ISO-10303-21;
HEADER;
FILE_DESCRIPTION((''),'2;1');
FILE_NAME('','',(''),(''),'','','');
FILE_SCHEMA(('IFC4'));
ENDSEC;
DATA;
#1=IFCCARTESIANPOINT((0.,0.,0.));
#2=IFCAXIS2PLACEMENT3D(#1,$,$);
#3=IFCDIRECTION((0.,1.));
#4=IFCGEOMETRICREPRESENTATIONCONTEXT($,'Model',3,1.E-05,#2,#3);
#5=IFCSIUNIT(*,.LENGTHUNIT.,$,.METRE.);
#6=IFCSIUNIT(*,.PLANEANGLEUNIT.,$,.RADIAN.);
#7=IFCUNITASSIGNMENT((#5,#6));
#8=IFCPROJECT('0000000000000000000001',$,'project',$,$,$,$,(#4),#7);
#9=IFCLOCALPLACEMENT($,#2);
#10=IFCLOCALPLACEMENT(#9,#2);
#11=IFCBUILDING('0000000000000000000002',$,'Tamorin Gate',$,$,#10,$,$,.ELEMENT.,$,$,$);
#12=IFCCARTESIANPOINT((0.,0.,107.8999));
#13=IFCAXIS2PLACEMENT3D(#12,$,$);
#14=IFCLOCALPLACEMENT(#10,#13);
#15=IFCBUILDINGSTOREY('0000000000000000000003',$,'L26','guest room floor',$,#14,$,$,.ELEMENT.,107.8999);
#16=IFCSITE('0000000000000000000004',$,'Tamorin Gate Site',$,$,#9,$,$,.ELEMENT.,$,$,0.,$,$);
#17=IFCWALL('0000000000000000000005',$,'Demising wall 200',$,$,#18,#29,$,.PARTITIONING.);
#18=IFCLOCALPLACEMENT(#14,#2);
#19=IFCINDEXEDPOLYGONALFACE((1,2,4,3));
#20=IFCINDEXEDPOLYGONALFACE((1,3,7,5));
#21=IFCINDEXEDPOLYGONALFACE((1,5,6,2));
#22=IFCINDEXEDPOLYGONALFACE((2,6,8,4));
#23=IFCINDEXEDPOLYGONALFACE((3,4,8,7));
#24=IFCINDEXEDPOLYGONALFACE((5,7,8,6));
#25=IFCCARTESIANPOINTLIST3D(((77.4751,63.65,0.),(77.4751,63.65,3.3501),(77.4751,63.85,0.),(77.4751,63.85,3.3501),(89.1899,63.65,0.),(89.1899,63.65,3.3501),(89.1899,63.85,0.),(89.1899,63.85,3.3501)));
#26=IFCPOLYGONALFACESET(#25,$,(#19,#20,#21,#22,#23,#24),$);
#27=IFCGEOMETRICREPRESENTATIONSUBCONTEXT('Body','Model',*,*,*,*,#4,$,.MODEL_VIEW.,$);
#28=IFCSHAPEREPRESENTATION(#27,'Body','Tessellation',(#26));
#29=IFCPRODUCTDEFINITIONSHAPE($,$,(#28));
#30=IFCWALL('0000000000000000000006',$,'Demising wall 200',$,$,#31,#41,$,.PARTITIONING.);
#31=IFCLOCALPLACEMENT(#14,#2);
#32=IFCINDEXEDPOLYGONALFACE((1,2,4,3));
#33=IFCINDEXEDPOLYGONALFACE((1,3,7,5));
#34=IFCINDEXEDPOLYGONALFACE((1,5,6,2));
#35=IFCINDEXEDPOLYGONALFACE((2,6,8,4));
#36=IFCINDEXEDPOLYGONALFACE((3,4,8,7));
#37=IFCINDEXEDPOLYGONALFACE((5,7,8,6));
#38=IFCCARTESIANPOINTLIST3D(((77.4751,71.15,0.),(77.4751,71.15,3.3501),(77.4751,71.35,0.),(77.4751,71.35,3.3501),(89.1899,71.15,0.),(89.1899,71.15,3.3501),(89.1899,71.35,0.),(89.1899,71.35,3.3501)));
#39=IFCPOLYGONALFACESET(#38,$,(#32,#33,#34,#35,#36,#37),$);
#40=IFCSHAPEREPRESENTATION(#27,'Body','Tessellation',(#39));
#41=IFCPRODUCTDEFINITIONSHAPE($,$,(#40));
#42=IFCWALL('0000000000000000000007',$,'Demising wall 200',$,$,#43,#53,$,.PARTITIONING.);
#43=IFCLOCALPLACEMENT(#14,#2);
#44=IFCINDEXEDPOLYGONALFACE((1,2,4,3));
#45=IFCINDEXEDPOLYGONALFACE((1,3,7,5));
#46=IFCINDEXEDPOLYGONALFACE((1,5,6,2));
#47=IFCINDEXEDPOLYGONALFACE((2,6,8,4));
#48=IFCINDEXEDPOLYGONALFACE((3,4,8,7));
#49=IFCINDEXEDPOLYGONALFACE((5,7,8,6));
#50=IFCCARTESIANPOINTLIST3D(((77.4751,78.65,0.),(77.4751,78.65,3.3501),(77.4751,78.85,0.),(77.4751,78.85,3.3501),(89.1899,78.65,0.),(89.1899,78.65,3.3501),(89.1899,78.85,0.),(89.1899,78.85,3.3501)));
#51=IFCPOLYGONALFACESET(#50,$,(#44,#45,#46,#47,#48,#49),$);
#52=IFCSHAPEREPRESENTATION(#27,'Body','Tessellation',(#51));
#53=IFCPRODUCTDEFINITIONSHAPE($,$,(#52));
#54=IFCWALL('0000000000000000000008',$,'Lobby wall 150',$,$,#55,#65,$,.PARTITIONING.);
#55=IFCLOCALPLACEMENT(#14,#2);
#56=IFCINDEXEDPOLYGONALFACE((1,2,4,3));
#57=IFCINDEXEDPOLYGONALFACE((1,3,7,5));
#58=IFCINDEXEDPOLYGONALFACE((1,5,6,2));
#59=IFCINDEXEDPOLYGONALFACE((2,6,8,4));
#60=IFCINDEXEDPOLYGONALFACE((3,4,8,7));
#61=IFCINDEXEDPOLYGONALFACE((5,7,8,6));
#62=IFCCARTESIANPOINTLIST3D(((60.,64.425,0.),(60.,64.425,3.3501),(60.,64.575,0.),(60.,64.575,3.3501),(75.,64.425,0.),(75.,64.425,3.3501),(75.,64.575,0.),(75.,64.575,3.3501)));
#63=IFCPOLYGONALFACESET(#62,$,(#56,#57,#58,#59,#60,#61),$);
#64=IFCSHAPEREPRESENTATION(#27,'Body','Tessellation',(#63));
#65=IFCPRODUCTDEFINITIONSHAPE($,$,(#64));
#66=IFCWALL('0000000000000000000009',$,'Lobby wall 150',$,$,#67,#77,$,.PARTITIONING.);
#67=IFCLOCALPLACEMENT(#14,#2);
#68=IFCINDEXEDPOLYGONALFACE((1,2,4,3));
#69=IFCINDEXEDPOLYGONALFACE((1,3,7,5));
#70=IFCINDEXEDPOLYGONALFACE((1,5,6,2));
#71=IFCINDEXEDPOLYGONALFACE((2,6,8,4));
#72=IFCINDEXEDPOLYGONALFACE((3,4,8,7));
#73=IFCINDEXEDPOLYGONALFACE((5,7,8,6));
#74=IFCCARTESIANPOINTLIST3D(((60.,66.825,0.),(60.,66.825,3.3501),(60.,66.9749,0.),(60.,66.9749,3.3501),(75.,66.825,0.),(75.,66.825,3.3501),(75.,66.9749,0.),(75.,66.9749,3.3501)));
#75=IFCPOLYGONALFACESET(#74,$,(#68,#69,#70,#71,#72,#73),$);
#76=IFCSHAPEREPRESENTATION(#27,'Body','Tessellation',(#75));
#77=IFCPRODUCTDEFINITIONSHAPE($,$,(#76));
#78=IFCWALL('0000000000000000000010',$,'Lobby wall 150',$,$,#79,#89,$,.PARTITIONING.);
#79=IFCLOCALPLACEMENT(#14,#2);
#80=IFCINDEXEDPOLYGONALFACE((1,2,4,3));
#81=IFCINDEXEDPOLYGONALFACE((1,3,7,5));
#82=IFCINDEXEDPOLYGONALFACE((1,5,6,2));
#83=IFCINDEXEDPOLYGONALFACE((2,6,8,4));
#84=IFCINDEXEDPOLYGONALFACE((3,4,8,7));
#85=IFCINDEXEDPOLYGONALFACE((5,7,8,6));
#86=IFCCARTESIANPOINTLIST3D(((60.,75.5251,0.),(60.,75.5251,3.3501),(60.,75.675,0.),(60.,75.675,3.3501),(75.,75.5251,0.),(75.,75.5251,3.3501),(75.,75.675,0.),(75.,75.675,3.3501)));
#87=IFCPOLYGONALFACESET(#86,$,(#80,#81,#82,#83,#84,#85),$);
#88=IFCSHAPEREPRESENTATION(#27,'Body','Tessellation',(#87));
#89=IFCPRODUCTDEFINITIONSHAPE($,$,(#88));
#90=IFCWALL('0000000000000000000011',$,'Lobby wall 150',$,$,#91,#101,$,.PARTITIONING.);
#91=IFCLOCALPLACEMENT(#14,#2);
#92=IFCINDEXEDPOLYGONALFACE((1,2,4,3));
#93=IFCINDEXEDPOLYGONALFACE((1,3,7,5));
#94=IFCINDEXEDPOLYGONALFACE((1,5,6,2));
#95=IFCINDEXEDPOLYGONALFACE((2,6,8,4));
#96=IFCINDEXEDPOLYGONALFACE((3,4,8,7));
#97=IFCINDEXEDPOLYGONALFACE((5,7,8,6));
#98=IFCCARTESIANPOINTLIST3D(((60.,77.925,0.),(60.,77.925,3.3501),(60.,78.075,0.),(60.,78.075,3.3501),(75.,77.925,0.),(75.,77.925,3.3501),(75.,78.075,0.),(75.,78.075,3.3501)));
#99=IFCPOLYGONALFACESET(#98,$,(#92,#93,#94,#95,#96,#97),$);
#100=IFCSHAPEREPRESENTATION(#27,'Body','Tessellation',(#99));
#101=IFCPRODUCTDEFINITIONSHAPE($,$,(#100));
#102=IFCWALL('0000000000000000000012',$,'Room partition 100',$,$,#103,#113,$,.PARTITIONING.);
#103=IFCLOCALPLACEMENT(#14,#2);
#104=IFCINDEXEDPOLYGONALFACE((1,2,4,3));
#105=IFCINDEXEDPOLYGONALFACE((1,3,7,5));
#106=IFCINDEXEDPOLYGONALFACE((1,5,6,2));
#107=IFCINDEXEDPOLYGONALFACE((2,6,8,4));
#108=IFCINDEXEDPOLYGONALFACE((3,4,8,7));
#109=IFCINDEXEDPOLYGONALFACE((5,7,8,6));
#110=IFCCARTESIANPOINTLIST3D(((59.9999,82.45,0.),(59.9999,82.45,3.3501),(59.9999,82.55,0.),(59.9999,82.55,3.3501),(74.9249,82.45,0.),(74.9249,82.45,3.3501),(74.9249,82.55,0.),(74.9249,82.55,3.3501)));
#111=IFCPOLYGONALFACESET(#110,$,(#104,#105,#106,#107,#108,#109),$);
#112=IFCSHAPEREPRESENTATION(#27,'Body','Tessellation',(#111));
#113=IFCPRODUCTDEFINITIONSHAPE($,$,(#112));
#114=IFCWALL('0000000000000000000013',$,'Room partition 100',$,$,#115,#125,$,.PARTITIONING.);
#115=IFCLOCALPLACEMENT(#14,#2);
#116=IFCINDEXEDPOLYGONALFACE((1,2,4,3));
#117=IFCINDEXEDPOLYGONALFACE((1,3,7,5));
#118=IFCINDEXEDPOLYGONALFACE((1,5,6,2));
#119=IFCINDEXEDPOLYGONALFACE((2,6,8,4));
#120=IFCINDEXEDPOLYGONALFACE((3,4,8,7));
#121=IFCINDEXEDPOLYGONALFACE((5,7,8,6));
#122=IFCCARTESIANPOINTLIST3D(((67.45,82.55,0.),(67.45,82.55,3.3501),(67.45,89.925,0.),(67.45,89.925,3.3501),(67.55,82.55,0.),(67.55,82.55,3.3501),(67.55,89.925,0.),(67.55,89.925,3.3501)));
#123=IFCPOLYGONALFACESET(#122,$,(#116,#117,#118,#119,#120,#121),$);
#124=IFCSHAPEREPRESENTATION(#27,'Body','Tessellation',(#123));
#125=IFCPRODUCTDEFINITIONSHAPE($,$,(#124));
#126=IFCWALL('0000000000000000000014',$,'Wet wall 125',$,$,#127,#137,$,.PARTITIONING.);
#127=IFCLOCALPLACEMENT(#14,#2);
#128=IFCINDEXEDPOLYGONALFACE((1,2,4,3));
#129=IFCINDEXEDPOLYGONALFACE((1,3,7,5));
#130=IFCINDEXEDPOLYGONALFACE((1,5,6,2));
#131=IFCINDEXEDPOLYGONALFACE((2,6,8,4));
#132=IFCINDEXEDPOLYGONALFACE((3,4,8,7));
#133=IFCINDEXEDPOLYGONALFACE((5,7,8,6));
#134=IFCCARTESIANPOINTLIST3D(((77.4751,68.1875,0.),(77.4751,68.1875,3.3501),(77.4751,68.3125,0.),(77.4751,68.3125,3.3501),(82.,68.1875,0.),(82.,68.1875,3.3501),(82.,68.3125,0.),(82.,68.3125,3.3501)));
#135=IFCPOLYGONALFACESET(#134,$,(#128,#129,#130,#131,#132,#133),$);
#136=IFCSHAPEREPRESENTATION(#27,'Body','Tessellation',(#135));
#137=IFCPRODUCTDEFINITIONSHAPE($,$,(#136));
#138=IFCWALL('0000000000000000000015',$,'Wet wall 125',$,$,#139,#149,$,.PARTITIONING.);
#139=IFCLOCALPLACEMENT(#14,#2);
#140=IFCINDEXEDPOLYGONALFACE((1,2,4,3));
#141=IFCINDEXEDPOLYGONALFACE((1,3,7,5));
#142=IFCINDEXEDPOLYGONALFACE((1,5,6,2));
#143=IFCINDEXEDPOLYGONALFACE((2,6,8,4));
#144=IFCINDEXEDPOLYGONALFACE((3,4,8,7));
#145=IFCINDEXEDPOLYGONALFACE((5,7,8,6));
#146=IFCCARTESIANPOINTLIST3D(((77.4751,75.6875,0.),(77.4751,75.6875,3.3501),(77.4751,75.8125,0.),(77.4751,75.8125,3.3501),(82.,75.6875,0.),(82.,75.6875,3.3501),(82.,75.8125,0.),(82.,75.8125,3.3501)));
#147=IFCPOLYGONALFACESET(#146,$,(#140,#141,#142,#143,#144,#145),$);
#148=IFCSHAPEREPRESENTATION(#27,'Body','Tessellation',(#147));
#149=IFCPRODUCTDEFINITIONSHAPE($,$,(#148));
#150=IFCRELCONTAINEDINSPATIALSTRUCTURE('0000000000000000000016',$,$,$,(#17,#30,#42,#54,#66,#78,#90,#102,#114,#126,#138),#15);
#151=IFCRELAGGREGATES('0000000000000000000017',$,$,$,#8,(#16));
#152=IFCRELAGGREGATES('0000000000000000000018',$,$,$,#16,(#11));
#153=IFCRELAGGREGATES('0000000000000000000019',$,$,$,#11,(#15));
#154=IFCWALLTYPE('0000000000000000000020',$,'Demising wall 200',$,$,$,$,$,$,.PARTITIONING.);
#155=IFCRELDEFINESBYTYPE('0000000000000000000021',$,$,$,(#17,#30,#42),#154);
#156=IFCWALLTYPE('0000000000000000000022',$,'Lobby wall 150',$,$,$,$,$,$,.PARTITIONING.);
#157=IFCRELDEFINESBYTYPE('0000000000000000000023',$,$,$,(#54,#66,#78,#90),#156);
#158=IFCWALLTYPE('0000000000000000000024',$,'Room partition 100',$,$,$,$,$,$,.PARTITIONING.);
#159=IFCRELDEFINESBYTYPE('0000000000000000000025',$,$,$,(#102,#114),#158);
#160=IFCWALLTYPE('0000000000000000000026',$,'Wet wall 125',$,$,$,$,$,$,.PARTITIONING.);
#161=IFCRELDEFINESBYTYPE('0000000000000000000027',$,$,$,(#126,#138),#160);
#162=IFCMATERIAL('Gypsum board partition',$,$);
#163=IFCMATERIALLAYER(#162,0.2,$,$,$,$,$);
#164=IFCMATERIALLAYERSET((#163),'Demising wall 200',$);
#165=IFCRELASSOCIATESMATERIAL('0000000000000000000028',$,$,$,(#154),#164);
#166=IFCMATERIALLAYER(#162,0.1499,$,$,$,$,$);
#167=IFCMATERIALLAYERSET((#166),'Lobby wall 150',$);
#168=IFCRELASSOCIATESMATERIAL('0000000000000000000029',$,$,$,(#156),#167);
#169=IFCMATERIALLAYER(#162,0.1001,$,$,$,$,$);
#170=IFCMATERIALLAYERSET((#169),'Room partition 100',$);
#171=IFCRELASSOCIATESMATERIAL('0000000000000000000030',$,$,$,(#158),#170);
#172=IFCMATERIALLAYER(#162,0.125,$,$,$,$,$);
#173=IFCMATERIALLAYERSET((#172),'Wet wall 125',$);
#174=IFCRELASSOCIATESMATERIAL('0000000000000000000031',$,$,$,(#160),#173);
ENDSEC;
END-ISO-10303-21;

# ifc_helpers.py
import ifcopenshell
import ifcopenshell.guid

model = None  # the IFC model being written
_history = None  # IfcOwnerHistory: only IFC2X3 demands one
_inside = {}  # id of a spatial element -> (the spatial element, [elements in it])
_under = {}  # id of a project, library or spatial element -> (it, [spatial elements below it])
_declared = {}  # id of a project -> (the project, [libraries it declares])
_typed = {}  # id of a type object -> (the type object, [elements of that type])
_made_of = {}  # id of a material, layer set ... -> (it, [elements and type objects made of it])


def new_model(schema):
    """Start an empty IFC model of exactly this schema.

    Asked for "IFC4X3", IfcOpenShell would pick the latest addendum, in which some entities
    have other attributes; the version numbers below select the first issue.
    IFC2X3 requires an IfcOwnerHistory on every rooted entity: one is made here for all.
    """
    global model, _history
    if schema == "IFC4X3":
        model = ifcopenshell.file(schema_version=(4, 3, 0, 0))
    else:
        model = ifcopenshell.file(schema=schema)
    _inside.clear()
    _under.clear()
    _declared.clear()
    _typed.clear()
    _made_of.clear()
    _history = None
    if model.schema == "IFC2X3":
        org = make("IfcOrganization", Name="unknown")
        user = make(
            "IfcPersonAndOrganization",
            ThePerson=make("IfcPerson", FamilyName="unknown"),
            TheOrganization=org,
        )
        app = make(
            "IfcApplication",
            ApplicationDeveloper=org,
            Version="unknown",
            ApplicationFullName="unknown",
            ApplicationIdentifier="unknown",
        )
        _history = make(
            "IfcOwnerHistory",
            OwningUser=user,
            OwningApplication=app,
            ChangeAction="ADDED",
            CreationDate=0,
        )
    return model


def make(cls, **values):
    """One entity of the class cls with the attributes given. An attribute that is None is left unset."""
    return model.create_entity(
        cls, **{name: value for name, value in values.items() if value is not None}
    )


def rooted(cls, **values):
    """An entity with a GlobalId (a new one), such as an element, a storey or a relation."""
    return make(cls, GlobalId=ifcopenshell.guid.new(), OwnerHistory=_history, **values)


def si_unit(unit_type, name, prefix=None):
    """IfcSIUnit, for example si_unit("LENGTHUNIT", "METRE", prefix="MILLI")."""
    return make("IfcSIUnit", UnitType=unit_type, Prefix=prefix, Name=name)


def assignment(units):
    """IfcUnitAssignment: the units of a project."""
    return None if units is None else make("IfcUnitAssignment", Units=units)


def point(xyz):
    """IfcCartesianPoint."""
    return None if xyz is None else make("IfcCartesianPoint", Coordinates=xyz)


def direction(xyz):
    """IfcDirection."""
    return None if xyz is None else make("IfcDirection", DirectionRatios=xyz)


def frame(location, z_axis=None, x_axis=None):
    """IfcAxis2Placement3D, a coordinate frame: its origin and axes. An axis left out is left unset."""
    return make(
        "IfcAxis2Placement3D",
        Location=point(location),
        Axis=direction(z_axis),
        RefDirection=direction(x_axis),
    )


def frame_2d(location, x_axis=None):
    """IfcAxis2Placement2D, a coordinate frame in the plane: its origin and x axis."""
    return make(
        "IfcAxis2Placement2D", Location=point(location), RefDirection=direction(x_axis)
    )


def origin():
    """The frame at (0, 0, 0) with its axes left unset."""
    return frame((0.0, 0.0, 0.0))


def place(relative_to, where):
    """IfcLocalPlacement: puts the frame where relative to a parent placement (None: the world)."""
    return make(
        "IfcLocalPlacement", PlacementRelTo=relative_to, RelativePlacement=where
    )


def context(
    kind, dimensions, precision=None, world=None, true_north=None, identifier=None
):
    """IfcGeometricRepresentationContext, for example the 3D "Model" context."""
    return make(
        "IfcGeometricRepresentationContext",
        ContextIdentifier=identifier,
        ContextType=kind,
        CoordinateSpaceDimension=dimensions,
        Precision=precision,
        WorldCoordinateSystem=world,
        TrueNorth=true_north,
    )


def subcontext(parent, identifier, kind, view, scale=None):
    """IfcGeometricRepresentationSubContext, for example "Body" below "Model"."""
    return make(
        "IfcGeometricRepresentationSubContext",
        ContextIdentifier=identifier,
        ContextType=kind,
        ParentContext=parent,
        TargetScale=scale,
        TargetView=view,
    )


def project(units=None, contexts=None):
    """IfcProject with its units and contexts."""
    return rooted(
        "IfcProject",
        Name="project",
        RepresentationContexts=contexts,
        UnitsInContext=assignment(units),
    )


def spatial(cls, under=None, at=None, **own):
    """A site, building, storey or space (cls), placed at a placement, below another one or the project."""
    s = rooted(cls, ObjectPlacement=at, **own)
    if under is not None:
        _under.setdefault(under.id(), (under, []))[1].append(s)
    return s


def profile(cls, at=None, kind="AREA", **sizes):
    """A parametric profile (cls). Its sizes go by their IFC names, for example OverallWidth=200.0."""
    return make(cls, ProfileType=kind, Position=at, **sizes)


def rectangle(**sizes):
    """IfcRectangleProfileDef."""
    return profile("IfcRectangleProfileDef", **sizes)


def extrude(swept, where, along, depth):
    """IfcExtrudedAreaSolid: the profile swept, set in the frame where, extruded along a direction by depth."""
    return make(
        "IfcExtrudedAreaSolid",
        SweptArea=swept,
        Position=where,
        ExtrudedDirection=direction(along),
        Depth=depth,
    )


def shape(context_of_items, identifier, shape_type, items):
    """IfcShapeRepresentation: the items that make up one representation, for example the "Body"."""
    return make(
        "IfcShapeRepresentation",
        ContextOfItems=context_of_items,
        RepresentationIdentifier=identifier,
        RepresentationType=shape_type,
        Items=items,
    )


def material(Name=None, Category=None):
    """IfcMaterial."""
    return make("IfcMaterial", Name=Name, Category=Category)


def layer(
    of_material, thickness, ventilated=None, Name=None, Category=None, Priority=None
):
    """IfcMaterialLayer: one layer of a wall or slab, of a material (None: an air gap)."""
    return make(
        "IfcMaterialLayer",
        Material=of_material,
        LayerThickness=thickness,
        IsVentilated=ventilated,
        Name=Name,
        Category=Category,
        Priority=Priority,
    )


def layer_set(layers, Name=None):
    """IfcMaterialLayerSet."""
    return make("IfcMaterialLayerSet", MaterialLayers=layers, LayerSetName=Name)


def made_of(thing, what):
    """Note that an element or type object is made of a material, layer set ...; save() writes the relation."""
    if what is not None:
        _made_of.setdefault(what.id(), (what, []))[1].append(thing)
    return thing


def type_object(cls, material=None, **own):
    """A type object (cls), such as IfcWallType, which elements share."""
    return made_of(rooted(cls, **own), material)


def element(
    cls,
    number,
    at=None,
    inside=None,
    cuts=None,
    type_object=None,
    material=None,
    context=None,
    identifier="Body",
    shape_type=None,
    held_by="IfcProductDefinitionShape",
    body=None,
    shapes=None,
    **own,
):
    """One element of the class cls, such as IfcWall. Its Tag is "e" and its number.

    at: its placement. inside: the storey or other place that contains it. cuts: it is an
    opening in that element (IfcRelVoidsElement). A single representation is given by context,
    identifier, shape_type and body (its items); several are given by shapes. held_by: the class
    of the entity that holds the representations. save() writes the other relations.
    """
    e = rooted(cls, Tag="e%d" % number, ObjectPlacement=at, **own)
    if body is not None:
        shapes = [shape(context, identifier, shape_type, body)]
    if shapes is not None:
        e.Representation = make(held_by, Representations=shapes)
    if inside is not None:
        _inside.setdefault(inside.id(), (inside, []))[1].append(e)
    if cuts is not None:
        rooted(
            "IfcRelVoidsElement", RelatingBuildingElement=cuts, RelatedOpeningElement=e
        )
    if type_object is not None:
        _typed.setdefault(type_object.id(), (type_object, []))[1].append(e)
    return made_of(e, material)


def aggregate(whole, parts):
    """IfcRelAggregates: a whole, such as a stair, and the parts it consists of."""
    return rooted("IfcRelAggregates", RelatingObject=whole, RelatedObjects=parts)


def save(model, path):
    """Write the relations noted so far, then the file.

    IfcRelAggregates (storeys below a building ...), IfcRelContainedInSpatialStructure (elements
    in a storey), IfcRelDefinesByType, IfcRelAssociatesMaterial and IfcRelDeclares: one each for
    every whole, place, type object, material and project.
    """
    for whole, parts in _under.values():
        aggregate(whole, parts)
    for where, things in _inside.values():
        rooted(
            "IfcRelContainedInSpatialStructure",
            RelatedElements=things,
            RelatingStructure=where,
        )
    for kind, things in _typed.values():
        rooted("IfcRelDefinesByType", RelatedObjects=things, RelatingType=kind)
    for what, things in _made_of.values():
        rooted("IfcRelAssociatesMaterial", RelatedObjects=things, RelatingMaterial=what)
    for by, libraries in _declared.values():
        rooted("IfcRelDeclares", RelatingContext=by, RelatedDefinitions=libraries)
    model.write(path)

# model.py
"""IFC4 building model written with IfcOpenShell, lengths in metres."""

from ifc_helpers import new_model, si_unit, direction, frame, frame_2d, origin, place, context, subcontext, project, spatial, rectangle, extrude, material, layer, layer_set, type_object, element, save


model = new_model("IFC4")

# Units and contexts
model_context = context("Model", 3, precision=1e-05, world=origin(), true_north=direction((0.0, 1.0)))
body_context = subcontext(model_context, "Body", "Model", "MODEL_VIEW")
ifc_project = project(units=[si_unit("LENGTHUNIT", "METRE"), si_unit("PLANEANGLEUNIT", "RADIAN")], contexts=[model_context])

# Site, building, storey
site_placement = place(None, origin())
site = spatial("IfcSite", under=ifc_project, at=site_placement, Name="Tamorin Gate Site", CompositionType="ELEMENT", RefElevation=0.0)
building_placement = place(site_placement, origin())
building = spatial("IfcBuilding", under=site, at=building_placement, Name="Tamorin Gate", CompositionType="ELEMENT")
storey_placement = place(building_placement, frame((0.0, 0.0, 107.8999)))
storey = spatial("IfcBuildingStorey", under=building, at=storey_placement, Name="L26", Description="guest room floor", CompositionType="ELEMENT", Elevation=107.8999)

# Shared definitions
ifc_material_1 = material(Name="Gypsum board partition")

# Walls
ifc_layer_1 = layer(ifc_material_1, 0.2)
ifc_layer_set_1 = layer_set([ifc_layer_1], Name="Demising wall 200")
wall_type_1 = type_object("IfcWallType", Name="Demising wall 200", PredefinedType="PARTITIONING", material=ifc_layer_set_1)
for number, where, z_axis, x_axis, name in (
    (1, (77.4751, 63.75, 0.0), (0.0, 0.0, 1.0), (1.0, 0.0, 0.0), "Demising wall 200"),
    (2, (77.4751, 71.25, 0.0), (0.0, 0.0, 1.0), (1.0, 0.0, 0.0), "Demising wall 200"),
    (3, (77.4751, 78.75, 0.0), (0.0, 0.0, 1.0), (1.0, 0.0, 0.0), "Demising wall 200"),
):
    element("IfcWall", number, at=place(storey_placement, frame(where, z_axis=z_axis, x_axis=x_axis)), inside=storey, type_object=wall_type_1, Name=name, PredefinedType="PARTITIONING", context=body_context, shape_type="SweptSolid", body=[
        extrude(rectangle(XDim=11.7148, YDim=0.2, at=frame_2d((5.8574, 0.0))), origin(), (0.0, 0.0, 1.0), 3.3501),
    ])
ifc_layer_2 = layer(ifc_material_1, 0.1499)
ifc_layer_set_2 = layer_set([ifc_layer_2], Name="Lobby wall 150")
wall_type_2 = type_object("IfcWallType", Name="Lobby wall 150", PredefinedType="PARTITIONING", material=ifc_layer_set_2)
for number, where, z_axis, x_axis, name in (
    (4, (60.0, 64.5, 0.0), (0.0, 0.0, 1.0), (1.0, 0.0, 0.0), "Lobby wall 150"),
    (5, (60.0, 66.8999, 0.0), (0.0, 0.0, 1.0), (1.0, 0.0, 0.0), "Lobby wall 150"),
    (6, (60.0, 75.6001, 0.0), (0.0, 0.0, 1.0), (1.0, 0.0, 0.0), "Lobby wall 150"),
    (7, (60.0, 78.0, 0.0), (0.0, 0.0, 1.0), (1.0, 0.0, 0.0), "Lobby wall 150"),
):
    element("IfcWall", number, at=place(storey_placement, frame(where, z_axis=z_axis, x_axis=x_axis)), inside=storey, type_object=wall_type_2, Name=name, PredefinedType="PARTITIONING", context=body_context, shape_type="SweptSolid", body=[
        extrude(rectangle(XDim=15.0, YDim=0.1499, at=frame_2d((7.5, 0.0))), origin(), (0.0, 0.0, 1.0), 3.3501),
    ])
ifc_layer_3 = layer(ifc_material_1, 0.1001)
ifc_layer_set_3 = layer_set([ifc_layer_3], Name="Room partition 100")
wall_type_3 = type_object("IfcWallType", Name="Room partition 100", PredefinedType="PARTITIONING", material=ifc_layer_set_3)
wall_1_placement = place(storey_placement, frame((60.0, 82.5, 0.0), z_axis=(0.0, 0.0, 1.0), x_axis=(1.0, 0.0, 0.0)))
element("IfcWall", 8, at=wall_1_placement, inside=storey, type_object=wall_type_3, Name="Room partition 100", PredefinedType="PARTITIONING", context=body_context, shape_type="SweptSolid", body=[
    extrude(rectangle(XDim=14.925, YDim=0.1001, at=frame_2d((7.4624, 0.0))), origin(), (0.0, 0.0, 1.0), 3.3501),
])
wall_2_placement = place(storey_placement, frame((67.5, 82.55, 0.0), z_axis=(0.0, 0.0, 1.0), x_axis=(0.0, 1.0, 0.0)))
element("IfcWall", 9, at=wall_2_placement, inside=storey, type_object=wall_type_3, Name="Room partition 100", PredefinedType="PARTITIONING", context=body_context, shape_type="SweptSolid", body=[
    extrude(rectangle(XDim=7.375, YDim=0.1001, at=frame_2d((3.6875, 0.0))), origin(), (0.0, 0.0, 1.0), 3.3501),
])
ifc_layer_4 = layer(ifc_material_1, 0.125)
ifc_layer_set_4 = layer_set([ifc_layer_4], Name="Wet wall 125")
wall_type_4 = type_object("IfcWallType", Name="Wet wall 125", PredefinedType="PARTITIONING", material=ifc_layer_set_4)
for number, where, z_axis, x_axis, name in (
    (10, (77.4751, 68.25, 0.0), (0.0, 0.0, 1.0), (1.0, 0.0, 0.0), "Wet wall 125"),
    (11, (77.4751, 75.75, 0.0), (0.0, 0.0, 1.0), (1.0, 0.0, 0.0), "Wet wall 125"),
):
    element("IfcWall", number, at=place(storey_placement, frame(where, z_axis=z_axis, x_axis=x_axis)), inside=storey, type_object=wall_type_4, Name=name, PredefinedType="PARTITIONING", context=body_context, shape_type="SweptSolid", body=[
        extrude(rectangle(XDim=4.5249, YDim=0.125, at=frame_2d((2.2625, 0.0))), origin(), (0.0, 0.0, 1.0), 3.3501),
    ])

save(model, "model.ifc")
